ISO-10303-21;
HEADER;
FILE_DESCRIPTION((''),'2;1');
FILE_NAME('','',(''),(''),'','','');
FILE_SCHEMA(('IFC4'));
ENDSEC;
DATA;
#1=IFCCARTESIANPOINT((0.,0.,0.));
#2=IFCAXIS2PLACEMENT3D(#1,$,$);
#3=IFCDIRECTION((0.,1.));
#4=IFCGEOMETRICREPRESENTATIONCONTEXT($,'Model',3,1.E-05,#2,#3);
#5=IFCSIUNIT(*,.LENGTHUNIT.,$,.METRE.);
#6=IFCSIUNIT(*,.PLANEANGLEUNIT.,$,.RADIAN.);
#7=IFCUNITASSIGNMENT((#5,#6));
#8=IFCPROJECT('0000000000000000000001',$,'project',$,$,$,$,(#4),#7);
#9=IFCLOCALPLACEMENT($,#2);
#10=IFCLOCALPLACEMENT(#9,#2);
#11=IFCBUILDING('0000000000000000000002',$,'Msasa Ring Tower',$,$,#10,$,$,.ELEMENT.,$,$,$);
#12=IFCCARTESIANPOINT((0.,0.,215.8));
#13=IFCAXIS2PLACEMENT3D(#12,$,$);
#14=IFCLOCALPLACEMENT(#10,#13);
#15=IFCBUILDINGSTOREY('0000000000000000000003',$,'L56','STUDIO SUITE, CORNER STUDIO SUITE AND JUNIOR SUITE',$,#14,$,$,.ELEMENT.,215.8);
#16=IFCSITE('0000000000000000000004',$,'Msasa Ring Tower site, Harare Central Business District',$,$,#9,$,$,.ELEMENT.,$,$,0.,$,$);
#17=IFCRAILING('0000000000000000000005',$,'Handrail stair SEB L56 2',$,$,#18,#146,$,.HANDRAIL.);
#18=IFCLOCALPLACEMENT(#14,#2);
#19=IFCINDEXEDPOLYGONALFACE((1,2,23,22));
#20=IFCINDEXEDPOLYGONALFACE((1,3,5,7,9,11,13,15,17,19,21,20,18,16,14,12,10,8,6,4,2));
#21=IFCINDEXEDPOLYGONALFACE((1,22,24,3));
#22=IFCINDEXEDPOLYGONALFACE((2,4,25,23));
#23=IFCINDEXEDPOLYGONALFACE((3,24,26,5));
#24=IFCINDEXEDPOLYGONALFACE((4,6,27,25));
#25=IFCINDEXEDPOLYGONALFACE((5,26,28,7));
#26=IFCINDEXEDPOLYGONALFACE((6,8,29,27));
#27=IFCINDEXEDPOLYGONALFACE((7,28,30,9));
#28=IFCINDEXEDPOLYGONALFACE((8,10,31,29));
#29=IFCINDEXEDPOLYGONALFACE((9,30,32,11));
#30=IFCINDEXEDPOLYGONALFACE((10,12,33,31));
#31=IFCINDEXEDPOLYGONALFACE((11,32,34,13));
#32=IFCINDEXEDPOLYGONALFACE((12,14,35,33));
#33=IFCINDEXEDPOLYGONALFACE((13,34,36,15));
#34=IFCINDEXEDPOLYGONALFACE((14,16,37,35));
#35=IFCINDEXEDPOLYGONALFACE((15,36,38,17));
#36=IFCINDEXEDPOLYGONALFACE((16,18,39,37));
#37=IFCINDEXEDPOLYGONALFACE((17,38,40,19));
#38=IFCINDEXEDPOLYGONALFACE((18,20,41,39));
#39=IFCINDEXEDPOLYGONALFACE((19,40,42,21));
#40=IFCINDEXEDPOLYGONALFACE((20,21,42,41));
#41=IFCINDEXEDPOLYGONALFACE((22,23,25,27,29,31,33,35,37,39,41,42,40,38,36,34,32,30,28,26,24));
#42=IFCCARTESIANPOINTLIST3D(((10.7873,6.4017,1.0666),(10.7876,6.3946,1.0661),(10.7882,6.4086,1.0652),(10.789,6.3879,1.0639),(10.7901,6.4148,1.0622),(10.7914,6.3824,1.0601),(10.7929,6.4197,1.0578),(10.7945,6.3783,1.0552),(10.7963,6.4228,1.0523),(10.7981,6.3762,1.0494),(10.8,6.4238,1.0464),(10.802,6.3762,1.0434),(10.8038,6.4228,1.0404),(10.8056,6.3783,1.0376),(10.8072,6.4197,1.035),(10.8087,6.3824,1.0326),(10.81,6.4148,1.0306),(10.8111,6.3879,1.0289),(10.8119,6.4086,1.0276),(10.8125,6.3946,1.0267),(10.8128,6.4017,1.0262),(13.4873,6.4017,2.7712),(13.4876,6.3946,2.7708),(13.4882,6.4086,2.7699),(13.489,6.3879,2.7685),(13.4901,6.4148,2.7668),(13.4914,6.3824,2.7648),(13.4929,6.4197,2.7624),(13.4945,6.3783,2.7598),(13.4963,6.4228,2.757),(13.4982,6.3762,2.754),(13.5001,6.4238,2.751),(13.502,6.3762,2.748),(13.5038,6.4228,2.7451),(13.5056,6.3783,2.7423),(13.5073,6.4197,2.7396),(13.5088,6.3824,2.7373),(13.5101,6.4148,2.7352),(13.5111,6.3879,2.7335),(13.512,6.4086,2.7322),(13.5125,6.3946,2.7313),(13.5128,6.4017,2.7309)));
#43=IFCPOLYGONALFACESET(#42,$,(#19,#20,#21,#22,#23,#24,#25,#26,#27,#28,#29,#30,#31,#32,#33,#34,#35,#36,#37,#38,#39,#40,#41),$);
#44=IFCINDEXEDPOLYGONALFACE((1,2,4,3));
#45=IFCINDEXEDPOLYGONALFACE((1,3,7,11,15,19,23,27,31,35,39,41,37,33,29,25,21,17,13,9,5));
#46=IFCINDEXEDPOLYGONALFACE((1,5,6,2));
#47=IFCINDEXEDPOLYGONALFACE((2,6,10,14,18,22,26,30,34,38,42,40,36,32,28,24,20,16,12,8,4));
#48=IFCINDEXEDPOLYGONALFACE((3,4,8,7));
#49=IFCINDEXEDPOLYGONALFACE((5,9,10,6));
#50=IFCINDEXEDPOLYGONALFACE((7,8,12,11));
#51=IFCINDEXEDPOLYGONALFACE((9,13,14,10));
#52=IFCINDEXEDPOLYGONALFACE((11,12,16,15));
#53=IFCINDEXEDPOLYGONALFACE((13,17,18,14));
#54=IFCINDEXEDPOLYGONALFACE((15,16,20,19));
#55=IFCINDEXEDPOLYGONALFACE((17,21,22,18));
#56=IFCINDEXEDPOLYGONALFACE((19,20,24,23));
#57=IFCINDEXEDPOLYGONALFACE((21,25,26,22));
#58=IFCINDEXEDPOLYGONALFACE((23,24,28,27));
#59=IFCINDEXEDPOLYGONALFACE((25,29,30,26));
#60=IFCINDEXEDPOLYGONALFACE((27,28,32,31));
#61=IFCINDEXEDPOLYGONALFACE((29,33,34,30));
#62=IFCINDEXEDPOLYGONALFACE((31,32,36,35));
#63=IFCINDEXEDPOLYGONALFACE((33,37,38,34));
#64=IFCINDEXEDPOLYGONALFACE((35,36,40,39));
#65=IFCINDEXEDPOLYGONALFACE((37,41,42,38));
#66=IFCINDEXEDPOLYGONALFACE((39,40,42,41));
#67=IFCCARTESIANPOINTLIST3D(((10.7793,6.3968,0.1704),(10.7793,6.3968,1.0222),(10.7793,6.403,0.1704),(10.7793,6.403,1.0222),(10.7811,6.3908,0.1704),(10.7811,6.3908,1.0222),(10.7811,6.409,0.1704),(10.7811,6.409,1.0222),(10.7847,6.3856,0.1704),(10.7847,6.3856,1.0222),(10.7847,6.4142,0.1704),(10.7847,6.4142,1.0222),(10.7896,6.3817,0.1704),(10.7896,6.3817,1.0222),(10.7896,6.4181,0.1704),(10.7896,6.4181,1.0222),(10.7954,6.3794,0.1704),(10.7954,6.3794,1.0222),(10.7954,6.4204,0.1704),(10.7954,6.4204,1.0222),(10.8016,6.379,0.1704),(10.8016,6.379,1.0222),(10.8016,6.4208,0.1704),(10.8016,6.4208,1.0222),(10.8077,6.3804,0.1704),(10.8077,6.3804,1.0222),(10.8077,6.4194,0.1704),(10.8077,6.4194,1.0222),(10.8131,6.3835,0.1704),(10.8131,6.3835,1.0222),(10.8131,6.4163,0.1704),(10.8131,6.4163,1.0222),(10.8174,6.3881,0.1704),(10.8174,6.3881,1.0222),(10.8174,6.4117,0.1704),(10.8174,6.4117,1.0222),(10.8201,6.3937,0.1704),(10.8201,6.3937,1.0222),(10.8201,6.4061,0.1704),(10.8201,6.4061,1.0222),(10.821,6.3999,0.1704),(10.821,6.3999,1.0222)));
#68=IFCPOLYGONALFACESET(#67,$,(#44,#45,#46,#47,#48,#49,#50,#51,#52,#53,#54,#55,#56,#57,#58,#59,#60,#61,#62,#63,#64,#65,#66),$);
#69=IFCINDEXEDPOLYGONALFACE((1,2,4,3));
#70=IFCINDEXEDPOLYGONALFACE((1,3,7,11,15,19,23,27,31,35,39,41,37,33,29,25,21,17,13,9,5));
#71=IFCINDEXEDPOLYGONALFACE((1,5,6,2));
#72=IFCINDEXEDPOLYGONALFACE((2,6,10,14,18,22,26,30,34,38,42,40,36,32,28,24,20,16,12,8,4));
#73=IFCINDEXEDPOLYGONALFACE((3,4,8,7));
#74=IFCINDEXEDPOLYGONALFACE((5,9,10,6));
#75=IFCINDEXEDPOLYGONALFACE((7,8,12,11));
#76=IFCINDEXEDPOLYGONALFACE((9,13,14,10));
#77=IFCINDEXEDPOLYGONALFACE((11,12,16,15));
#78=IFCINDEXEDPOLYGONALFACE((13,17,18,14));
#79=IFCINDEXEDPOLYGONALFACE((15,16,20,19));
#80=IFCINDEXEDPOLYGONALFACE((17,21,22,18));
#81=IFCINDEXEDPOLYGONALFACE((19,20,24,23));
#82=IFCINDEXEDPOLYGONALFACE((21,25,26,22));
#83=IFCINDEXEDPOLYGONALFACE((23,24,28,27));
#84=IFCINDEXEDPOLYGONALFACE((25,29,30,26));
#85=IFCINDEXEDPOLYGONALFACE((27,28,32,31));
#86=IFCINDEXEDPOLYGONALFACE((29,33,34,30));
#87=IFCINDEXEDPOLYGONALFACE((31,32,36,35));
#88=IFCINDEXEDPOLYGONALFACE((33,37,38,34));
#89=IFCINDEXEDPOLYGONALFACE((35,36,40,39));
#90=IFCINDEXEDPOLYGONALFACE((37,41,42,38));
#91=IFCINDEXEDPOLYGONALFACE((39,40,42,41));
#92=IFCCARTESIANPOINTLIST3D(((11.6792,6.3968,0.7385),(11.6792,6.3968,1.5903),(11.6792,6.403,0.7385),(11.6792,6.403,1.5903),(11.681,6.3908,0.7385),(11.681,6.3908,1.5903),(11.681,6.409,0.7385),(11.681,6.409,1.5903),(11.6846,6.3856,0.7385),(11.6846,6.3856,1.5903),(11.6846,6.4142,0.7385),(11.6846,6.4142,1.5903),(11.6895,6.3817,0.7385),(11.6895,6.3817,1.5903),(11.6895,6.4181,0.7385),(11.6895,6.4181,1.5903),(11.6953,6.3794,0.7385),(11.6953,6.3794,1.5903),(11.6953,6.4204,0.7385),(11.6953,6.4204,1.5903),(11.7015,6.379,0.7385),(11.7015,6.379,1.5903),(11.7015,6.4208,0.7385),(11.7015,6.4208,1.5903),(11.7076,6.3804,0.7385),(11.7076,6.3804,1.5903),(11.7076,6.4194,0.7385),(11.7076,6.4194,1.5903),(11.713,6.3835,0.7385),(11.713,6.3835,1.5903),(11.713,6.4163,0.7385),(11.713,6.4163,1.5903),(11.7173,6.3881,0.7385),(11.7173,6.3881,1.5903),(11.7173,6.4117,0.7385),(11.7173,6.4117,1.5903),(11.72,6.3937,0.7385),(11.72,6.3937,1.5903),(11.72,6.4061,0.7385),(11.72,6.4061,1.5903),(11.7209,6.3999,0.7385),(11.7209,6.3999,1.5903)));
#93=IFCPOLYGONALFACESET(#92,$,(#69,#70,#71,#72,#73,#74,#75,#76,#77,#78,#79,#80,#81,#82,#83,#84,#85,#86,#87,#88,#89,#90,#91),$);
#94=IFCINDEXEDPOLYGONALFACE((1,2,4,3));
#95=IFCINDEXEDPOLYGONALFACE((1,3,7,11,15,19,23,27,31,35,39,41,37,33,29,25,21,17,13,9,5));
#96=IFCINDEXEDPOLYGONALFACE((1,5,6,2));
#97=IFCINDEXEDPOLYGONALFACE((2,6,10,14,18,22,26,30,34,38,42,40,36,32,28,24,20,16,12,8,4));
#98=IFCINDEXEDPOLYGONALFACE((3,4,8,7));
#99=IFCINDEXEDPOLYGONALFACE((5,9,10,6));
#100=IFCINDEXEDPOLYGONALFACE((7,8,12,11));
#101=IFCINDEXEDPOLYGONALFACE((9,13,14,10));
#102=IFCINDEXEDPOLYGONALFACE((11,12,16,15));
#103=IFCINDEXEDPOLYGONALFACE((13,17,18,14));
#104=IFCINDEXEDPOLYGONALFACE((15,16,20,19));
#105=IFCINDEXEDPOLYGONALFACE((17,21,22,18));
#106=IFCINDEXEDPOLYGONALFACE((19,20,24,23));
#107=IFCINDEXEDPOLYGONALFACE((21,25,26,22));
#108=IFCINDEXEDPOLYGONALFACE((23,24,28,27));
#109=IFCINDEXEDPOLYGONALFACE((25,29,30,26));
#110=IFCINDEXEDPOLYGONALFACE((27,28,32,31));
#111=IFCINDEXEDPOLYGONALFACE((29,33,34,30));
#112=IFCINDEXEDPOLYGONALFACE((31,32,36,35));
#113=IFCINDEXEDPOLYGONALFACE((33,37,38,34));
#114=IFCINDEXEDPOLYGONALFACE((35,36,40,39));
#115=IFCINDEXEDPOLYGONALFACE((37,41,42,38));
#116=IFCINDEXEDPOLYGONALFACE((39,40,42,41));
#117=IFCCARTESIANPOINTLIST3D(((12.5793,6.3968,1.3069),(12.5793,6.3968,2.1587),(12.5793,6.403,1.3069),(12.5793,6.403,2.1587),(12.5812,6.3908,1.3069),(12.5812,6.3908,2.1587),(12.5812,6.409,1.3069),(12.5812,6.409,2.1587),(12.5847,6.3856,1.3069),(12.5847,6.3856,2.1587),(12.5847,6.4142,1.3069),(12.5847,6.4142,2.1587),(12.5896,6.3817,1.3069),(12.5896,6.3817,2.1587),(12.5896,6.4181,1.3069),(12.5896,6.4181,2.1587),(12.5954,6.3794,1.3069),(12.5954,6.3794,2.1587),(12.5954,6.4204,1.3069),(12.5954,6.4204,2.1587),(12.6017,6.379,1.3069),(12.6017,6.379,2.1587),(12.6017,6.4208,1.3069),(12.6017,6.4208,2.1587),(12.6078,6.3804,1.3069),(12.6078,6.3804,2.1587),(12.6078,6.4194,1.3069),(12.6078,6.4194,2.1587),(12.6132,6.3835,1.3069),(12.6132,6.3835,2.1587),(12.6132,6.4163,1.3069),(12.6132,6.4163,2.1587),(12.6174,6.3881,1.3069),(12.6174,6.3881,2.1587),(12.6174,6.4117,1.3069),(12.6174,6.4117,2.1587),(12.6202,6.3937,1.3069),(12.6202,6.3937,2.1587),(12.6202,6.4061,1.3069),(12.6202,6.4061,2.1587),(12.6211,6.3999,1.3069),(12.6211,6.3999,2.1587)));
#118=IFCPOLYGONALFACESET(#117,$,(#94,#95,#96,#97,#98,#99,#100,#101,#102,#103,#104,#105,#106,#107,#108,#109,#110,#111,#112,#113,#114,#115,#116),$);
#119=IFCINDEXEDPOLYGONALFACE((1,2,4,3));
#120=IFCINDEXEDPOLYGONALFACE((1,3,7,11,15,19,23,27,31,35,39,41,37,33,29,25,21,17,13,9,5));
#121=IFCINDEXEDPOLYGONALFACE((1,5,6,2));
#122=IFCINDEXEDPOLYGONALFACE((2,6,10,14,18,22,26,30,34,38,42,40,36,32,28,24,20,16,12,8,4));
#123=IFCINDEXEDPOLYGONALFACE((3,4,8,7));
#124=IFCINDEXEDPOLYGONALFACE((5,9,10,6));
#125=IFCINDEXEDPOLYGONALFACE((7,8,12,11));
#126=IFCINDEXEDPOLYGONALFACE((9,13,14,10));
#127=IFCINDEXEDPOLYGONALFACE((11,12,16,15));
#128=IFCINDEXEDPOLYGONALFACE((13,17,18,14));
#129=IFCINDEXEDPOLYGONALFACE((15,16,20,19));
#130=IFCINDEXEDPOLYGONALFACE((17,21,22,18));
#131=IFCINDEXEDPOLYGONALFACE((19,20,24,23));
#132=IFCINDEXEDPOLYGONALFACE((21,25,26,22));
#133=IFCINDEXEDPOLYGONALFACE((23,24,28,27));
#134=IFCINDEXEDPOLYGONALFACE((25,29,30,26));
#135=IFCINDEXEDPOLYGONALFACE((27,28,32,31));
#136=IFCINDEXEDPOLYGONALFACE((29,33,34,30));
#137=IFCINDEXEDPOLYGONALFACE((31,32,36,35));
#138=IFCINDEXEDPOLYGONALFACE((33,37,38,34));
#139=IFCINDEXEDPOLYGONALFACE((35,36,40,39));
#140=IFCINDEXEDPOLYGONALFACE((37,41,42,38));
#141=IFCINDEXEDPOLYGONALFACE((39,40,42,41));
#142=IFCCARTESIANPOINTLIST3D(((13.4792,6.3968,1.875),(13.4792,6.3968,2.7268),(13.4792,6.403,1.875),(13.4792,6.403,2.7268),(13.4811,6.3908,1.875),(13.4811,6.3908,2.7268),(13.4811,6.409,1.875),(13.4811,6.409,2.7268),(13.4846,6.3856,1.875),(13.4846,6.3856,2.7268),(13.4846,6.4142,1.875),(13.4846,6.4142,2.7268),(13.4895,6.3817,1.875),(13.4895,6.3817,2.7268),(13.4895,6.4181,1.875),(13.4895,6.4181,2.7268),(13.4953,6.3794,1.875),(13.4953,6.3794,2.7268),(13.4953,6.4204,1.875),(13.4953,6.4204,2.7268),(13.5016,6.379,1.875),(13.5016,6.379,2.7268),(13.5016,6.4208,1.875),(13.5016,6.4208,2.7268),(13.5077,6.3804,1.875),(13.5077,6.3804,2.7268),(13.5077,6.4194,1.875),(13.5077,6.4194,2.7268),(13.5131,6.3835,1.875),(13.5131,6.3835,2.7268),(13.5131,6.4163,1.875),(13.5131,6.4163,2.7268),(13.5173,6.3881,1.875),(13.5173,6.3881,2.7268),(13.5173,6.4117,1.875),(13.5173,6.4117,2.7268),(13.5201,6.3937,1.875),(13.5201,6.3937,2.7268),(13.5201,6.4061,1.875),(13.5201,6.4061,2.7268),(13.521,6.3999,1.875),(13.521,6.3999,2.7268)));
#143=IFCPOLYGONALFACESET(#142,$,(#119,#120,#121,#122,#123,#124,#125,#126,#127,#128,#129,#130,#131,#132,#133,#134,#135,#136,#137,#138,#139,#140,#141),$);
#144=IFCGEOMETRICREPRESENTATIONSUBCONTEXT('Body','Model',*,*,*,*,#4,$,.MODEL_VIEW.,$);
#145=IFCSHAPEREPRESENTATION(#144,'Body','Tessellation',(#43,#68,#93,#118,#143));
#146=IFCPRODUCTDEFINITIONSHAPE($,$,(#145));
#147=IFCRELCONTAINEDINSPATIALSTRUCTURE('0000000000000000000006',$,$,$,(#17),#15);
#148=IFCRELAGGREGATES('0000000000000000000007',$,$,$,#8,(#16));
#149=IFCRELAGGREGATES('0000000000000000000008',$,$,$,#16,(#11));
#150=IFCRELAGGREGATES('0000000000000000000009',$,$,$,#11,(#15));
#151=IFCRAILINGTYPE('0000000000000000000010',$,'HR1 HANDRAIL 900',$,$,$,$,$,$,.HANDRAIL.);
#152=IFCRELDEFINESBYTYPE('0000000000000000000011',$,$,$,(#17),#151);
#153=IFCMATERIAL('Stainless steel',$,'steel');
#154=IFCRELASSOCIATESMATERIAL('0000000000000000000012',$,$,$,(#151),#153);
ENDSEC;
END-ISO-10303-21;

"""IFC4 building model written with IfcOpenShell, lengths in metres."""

from ifc_helpers import new_model, si_unit, direction, frame, origin, origin_2d, place, context, subcontext, project, spatial, circle, extrude, material, type_object, element, save


model = new_model("IFC4")

# Units and contexts
model_context = context("Model", 3, precision=1e-05, world=origin(), true_north=direction((0.0, 1.0)))
body_context = subcontext(model_context, "Body", "Model", "MODEL_VIEW")
ifc_project = project(units=[si_unit("LENGTHUNIT", "METRE"), si_unit("PLANEANGLEUNIT", "RADIAN")], contexts=[model_context])

# Site, building, storey
site_placement = place(None, origin())
site = spatial("IfcSite", under=ifc_project, at=site_placement, Name="Msasa Ring Tower site, Harare Central Business District", CompositionType="ELEMENT", RefElevation=0.0)
building_placement = place(site_placement, origin())
building = spatial("IfcBuilding", under=site, at=building_placement, Name="Msasa Ring Tower", CompositionType="ELEMENT")
storey_placement = place(building_placement, frame((0.0, 0.0, 215.8)))
storey = spatial("IfcBuildingStorey", under=building, at=storey_placement, Name="L56", Description="STUDIO SUITE, CORNER STUDIO SUITE AND JUNIOR SUITE", CompositionType="ELEMENT", Elevation=215.8)

# Railing
ifc_material_1 = material(Name="Stainless steel", Category="steel")
railing_type = type_object("IfcRailingType", Name="HR1 HANDRAIL 900", PredefinedType="HANDRAIL", material=ifc_material_1)
for number, where, name in (
    (1, (10.8, 6.3999, 0.1704), "Handrail stair SEB L56 2"),
):
    element("IfcRailing", number, at=place(storey_placement, frame(where)), inside=storey, type_object=railing_type, Name=name, PredefinedType="HANDRAIL", context=body_context, shape_type="SweptSolid", body=[
        extrude(circle(Radius=0.0239, at=origin_2d()), frame((0.0, 0.0, 0.876), z_axis=(0.84558, 0.0, 0.533849), x_axis=(0.0, 1.0, 0.0)), (0.0, 0.0, 1.0), 3.1931),
        extrude(circle(Radius=0.021, at=origin_2d()), origin(), (0.0, 0.0, 1.0), 0.8518),
        extrude(circle(Radius=0.021, at=origin_2d()), frame((0.8999, 0.0, 0.5681)), (0.0, 0.0, 1.0), 0.8518),
        extrude(circle(Radius=0.021, at=origin_2d()), frame((1.8, 0.0, 1.1365)), (0.0, 0.0, 1.0), 0.8518),
        extrude(circle(Radius=0.021, at=origin_2d()), frame((2.7, 0.0, 1.7046)), (0.0, 0.0, 1.0), 0.8518),
    ])

save(model, "model.ifc")
